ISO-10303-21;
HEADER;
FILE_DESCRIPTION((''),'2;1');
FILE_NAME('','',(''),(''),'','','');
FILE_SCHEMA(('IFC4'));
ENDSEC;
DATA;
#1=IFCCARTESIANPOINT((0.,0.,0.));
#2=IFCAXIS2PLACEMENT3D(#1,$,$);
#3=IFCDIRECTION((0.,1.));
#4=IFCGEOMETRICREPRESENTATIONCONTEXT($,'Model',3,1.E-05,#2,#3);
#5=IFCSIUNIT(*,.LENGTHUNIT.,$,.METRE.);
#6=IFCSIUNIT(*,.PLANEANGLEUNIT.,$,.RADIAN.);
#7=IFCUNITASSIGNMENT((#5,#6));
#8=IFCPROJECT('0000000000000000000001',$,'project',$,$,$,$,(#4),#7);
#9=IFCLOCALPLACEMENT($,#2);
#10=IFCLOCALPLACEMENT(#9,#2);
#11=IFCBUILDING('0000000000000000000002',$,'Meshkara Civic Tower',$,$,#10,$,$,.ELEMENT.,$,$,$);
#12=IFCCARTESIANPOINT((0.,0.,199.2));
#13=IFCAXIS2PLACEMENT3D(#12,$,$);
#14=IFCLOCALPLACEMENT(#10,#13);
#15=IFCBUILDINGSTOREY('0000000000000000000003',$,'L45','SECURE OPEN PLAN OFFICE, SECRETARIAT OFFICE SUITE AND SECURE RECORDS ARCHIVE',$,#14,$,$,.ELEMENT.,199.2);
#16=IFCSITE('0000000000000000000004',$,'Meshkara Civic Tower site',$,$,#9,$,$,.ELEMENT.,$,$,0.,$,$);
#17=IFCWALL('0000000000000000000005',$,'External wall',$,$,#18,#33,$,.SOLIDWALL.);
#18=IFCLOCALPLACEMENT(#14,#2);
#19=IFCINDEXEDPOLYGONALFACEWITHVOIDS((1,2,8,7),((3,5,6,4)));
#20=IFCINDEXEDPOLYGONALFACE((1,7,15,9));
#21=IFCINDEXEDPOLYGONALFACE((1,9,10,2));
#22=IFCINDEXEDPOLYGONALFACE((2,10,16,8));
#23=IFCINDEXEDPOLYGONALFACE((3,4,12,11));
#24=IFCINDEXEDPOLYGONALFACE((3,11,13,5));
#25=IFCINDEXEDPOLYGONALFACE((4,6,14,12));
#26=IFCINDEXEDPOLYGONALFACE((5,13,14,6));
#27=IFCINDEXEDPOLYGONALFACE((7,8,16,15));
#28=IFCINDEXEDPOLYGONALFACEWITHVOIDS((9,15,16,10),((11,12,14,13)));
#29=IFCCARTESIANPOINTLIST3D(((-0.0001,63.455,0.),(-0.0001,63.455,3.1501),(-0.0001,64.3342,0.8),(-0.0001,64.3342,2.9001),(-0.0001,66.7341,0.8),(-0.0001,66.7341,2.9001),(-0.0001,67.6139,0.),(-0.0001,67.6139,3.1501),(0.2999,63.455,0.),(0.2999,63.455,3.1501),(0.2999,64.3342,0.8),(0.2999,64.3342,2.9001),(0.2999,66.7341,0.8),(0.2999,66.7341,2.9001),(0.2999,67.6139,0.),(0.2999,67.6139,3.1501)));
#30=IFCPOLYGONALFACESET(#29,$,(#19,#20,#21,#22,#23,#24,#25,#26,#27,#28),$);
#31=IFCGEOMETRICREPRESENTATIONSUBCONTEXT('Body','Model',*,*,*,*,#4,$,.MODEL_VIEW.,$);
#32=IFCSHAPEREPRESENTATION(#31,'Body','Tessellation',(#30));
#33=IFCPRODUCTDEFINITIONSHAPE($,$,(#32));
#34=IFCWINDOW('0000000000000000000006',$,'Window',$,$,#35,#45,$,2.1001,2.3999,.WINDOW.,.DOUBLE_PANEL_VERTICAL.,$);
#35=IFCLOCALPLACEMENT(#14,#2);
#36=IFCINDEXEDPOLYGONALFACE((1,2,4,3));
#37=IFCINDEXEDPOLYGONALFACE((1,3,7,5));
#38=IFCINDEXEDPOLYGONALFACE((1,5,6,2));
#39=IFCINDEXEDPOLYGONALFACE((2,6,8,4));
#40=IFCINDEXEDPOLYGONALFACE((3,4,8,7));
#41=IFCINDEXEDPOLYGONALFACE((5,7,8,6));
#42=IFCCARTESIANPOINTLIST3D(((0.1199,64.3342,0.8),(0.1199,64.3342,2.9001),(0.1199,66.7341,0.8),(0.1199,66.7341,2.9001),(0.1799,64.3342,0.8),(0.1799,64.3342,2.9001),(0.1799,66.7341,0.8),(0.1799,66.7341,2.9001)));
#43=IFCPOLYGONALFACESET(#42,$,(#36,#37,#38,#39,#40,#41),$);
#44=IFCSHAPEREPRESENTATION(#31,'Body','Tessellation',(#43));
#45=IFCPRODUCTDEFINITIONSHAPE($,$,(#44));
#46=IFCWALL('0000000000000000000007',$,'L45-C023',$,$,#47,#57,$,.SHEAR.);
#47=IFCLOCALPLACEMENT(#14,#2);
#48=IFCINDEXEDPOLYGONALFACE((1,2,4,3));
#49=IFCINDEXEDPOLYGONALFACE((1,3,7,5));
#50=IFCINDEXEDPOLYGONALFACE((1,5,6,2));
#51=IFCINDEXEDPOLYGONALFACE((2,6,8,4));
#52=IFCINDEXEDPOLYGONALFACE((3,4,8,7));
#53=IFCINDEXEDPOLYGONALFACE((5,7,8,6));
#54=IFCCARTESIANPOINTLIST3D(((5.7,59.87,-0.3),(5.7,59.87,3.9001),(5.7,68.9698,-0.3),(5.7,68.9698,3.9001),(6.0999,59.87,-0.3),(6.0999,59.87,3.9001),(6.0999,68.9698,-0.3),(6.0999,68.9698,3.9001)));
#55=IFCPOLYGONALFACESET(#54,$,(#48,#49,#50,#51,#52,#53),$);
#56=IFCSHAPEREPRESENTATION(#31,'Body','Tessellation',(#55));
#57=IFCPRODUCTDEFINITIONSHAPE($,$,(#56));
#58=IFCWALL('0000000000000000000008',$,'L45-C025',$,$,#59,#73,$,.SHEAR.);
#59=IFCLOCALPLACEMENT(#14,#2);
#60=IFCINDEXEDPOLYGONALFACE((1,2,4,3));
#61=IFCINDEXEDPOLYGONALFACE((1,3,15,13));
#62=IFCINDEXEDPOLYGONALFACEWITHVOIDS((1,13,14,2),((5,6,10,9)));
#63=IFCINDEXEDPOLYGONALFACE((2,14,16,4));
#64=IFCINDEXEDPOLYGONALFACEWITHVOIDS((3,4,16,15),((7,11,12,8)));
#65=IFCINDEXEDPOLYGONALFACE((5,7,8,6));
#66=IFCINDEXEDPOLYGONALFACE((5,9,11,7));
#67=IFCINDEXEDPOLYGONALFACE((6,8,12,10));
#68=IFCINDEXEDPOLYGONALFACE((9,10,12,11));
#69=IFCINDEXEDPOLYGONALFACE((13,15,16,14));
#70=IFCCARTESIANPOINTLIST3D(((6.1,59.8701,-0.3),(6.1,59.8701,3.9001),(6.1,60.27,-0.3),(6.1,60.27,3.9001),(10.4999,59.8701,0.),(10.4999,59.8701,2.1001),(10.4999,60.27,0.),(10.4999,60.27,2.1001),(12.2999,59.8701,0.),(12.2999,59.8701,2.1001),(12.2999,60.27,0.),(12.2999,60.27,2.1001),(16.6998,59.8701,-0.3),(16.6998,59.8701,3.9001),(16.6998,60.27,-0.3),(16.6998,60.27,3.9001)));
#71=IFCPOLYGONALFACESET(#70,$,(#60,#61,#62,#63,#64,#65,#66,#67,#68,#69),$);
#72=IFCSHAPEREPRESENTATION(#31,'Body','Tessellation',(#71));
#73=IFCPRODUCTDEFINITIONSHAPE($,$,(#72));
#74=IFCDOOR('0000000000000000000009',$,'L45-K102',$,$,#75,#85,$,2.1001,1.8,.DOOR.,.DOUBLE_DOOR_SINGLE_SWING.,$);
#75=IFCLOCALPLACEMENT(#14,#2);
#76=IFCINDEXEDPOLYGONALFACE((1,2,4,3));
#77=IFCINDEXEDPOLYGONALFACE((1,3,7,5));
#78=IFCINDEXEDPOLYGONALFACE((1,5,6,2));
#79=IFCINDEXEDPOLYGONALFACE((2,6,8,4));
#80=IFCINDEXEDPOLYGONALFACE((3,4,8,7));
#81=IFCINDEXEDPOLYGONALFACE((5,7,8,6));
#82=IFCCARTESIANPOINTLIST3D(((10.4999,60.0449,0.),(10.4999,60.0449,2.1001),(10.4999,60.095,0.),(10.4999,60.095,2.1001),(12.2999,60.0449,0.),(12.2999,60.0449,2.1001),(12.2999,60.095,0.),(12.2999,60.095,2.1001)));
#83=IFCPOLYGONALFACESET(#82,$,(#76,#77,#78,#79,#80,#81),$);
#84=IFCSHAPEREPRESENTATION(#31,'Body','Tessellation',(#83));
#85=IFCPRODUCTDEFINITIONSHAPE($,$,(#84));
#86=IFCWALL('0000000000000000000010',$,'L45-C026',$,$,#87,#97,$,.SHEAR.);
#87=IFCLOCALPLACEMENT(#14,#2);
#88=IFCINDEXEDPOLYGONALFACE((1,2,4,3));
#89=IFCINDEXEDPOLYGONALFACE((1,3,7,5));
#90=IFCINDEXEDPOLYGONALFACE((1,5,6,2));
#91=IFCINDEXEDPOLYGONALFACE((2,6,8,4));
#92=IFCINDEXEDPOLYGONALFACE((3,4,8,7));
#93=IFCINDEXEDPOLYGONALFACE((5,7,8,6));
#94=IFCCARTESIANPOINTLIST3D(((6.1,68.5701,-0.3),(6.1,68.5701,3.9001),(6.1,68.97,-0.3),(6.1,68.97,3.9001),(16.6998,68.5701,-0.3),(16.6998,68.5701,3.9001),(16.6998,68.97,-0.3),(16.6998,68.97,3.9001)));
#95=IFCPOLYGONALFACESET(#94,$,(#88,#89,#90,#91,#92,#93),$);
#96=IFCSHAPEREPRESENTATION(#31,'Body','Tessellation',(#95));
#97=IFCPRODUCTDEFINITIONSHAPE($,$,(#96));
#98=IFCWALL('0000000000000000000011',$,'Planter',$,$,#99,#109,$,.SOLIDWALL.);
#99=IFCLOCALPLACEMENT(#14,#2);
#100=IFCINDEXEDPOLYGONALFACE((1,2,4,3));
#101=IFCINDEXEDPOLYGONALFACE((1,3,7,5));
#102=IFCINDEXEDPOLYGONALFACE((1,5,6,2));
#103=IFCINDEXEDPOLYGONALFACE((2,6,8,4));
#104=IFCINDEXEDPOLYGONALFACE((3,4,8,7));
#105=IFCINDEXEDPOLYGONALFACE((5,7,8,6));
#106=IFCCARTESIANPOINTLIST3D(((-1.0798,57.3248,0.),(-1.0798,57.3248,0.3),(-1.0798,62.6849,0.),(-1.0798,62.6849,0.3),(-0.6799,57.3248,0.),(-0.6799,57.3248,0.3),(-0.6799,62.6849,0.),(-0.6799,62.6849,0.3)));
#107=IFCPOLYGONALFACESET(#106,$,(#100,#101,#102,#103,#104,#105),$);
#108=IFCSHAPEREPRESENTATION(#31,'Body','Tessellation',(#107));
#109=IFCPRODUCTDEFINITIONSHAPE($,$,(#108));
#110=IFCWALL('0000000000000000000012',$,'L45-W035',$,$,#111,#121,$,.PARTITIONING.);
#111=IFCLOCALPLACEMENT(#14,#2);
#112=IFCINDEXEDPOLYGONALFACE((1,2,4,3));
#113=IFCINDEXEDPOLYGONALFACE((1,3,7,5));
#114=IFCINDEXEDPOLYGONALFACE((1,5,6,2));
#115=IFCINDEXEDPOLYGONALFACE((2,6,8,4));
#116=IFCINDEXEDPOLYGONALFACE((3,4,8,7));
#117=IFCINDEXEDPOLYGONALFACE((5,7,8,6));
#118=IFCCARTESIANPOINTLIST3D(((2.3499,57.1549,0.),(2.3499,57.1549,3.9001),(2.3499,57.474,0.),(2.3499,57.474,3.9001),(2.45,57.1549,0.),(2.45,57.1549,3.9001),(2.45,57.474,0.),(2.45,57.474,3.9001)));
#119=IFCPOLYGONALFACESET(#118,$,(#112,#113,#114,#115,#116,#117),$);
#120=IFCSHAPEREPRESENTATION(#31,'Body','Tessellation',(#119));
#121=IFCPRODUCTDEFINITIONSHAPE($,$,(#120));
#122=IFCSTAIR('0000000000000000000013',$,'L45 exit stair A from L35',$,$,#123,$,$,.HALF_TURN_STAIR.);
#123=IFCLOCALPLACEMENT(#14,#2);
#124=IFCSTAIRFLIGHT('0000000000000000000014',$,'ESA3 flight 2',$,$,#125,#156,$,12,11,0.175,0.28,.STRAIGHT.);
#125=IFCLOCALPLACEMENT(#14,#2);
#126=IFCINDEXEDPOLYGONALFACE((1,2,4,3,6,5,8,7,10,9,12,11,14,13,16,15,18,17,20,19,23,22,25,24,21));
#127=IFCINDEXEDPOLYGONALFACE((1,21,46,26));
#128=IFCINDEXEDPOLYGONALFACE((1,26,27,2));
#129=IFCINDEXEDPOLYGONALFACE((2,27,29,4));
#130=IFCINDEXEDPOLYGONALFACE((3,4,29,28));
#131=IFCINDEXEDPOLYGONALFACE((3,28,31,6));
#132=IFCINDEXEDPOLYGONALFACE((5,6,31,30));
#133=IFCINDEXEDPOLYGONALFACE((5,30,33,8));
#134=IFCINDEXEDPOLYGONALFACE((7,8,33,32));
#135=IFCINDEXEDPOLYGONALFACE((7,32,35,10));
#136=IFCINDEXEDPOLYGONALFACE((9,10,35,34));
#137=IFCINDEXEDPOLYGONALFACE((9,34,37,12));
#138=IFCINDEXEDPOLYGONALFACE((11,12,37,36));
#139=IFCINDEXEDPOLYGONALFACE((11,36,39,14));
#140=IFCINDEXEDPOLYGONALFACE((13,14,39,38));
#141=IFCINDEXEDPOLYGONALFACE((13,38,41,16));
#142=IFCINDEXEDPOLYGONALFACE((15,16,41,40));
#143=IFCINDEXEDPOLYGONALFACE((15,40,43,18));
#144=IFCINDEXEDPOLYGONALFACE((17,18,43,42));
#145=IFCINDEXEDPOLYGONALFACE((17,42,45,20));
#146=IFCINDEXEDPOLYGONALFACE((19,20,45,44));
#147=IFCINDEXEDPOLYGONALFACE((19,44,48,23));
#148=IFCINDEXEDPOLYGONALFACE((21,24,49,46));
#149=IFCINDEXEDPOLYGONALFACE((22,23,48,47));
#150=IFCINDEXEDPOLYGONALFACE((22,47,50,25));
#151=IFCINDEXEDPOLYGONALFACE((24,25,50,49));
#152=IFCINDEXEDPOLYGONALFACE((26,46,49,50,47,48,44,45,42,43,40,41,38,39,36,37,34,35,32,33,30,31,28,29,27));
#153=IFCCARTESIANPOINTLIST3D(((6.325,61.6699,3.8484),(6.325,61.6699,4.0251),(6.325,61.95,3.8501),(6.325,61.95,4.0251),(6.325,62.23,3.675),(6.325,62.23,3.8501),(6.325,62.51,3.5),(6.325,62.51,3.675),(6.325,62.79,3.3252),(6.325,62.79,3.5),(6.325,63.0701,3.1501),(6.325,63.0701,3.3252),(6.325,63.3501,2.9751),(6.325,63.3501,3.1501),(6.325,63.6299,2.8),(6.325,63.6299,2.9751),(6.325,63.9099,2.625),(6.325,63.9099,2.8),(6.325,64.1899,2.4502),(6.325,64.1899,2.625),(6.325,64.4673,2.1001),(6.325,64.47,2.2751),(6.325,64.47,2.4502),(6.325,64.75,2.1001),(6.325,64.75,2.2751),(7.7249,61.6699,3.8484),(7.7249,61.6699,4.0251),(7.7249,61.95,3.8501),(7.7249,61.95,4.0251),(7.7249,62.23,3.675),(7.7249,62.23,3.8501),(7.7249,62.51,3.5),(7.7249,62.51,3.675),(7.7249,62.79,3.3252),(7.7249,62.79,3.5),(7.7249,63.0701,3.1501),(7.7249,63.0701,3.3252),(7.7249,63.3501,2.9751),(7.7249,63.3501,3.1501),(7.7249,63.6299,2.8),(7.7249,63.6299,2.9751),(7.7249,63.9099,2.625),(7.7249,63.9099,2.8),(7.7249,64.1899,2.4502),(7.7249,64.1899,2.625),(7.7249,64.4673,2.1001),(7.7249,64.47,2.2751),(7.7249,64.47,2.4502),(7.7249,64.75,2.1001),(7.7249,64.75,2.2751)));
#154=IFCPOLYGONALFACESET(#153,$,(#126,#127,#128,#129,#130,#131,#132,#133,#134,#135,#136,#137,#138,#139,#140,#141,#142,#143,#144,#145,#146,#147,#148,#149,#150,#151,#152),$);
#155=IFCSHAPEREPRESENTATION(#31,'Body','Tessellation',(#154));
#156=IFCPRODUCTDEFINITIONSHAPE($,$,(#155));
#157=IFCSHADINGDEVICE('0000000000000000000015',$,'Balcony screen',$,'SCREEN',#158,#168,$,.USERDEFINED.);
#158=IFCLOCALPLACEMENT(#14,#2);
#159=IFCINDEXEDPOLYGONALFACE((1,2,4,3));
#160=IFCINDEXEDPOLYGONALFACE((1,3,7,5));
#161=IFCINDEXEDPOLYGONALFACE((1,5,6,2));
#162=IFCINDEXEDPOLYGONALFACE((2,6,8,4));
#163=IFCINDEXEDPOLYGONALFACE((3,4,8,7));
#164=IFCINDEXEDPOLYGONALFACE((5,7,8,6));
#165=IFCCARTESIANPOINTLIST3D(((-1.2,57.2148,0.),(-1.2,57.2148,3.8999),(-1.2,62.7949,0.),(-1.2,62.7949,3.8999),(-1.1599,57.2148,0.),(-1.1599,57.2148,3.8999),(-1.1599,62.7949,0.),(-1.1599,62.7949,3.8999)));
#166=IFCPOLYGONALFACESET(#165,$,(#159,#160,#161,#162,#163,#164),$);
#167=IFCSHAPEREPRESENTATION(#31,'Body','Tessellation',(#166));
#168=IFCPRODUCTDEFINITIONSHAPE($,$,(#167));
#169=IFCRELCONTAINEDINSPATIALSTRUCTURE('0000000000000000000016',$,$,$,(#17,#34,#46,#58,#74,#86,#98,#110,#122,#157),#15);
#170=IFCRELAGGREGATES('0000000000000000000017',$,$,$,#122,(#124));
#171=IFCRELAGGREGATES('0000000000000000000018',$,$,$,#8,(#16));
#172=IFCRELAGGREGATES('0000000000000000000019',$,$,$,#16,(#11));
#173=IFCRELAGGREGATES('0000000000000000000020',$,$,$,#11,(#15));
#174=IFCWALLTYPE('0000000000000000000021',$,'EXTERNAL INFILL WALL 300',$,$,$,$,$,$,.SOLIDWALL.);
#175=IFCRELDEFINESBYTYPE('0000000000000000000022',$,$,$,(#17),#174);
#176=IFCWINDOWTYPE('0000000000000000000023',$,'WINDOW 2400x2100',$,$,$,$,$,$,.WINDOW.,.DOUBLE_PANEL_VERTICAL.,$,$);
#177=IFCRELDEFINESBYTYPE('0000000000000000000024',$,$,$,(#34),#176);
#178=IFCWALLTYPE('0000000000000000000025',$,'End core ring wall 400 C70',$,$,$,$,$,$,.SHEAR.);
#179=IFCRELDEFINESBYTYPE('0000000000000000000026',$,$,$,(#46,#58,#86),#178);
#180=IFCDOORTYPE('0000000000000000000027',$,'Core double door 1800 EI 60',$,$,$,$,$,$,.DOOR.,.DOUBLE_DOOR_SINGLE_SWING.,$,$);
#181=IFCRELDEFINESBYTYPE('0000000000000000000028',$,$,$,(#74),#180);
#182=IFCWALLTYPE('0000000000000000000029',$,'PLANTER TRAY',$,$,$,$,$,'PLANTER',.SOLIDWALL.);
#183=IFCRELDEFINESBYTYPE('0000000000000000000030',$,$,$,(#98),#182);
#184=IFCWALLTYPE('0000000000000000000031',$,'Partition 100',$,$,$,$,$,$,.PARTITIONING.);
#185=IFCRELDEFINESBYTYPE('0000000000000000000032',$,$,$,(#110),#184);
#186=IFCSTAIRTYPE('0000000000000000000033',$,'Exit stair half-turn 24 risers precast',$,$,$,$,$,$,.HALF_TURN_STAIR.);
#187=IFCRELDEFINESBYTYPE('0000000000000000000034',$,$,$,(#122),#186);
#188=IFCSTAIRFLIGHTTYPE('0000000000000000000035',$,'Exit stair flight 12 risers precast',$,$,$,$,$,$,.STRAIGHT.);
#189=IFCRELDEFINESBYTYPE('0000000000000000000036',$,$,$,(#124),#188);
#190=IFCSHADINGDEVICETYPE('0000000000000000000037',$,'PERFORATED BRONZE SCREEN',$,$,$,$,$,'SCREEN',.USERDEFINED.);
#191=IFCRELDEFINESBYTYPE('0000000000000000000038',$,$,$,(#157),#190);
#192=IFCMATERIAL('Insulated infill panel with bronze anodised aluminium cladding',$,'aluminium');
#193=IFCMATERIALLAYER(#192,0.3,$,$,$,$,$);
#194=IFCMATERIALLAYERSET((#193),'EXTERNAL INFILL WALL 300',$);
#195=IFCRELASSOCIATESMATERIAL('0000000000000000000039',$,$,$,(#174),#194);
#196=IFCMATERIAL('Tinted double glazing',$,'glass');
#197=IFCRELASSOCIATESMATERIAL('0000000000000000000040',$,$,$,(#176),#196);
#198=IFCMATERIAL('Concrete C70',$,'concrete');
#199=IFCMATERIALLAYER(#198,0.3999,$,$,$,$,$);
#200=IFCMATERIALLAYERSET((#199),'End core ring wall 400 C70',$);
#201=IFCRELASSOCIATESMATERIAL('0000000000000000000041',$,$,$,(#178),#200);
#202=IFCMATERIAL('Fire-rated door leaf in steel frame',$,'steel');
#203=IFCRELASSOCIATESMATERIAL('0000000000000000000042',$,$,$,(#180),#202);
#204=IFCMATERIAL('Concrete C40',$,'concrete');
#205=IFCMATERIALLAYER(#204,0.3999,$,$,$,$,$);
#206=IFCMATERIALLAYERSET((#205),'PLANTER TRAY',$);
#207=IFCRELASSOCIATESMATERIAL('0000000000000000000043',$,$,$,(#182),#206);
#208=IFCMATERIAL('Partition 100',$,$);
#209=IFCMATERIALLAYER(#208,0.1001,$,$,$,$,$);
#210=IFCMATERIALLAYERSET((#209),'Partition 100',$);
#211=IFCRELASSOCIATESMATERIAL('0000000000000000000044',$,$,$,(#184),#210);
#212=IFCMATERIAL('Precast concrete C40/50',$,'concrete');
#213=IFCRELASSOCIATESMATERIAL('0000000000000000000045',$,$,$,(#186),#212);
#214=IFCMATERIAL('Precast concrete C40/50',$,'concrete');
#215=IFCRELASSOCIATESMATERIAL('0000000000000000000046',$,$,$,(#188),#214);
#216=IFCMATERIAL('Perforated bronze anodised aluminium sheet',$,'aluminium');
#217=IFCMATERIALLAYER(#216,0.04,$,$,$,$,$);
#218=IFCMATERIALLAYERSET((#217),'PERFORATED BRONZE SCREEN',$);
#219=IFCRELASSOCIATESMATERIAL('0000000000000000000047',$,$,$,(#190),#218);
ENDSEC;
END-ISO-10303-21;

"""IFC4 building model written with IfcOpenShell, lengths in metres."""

from ifc_helpers import new_model, si_unit, direction, frame, frame_2d, origin, origin_2d, place, context, subcontext, project, spatial, polyline, rectangle, outline, extrude, material, layer, layer_set, type_object, element, fill, aggregate, save


model = new_model("IFC4")

# Units and contexts
model_context = context("Model", 3, precision=1e-05, world=origin(), true_north=direction((0.0, 1.0)))
body_context = subcontext(model_context, "Body", "Model", "MODEL_VIEW")
ifc_project = project(units=[si_unit("LENGTHUNIT", "METRE"), si_unit("PLANEANGLEUNIT", "RADIAN")], contexts=[model_context])

# Site, building, storey
site_placement = place(None, origin())
site = spatial("IfcSite", under=ifc_project, at=site_placement, Name="Meshkara Civic Tower site", CompositionType="ELEMENT", RefElevation=0.0)
building_placement = place(site_placement, origin())
building = spatial("IfcBuilding", under=site, at=building_placement, Name="Meshkara Civic Tower", CompositionType="ELEMENT")
storey_placement = place(building_placement, frame((0.0, 0.0, 199.2)))
storey = spatial("IfcBuildingStorey", under=building, at=storey_placement, Name="L45", Description="SECURE OPEN PLAN OFFICE, SECRETARIAT OFFICE SUITE AND SECURE RECORDS ARCHIVE", CompositionType="ELEMENT", Elevation=199.2)

# Wall, opening, window
ifc_material_1 = material(Name="Insulated infill panel with bronze anodised aluminium cladding", Category="aluminium")
ifc_layer_1 = layer(ifc_material_1, 0.3)
ifc_layer_set_1 = layer_set([ifc_layer_1], Name="EXTERNAL INFILL WALL 300")
wall_type_1 = type_object("IfcWallType", Name="EXTERNAL INFILL WALL 300", PredefinedType="SOLIDWALL", material=ifc_layer_set_1)
wall_1_placement = place(storey_placement, frame((0.1499, 67.614, 0.0), z_axis=(0.0, 0.0, 1.0), x_axis=(0.0, -1.0, 0.0)))
wall_1 = element("IfcWall", 1, at=wall_1_placement, inside=storey, type_object=wall_type_1, Name="External wall", PredefinedType="SOLIDWALL", context=body_context, shape_type="SweptSolid", body=[
    extrude(rectangle(XDim=4.1589, YDim=0.3, at=frame_2d((2.0796, 0.0))), origin(), (0.0, 0.0, 1.0), 3.1501),
])
opening_1_placement = place(wall_1_placement, frame((0.8799, 0.0, 0.8)))
opening_1 = element("IfcOpeningElement", 2, at=opening_1_placement, cuts=wall_1, PredefinedType="OPENING", context=body_context, shape_type="SweptSolid", body=[
    extrude(rectangle(XDim=2.3999, YDim=2.1001, at=frame_2d((1.2, 1.05))), frame((0.0, 0.1599, 0.0), z_axis=(0.0, -1.0, 0.0), x_axis=(1.0, 0.0, 0.0)), (0.0, 0.0, 1.0), 0.3201),
])
ifc_material_2 = material(Name="Tinted double glazing", Category="glass")
window_type_1 = type_object("IfcWindowType", Name="WINDOW 2400x2100", PartitioningType="DOUBLE_PANEL_VERTICAL", PredefinedType="WINDOW", material=ifc_material_2)
window_1_placement = place(opening_1_placement, origin())
window_1 = element("IfcWindow", 3, at=window_1_placement, inside=storey, type_object=window_type_1, Name="Window", OverallHeight=2.1001, OverallWidth=2.3999, PartitioningType="DOUBLE_PANEL_VERTICAL", PredefinedType="WINDOW", context=body_context, shape_type="SweptSolid", body=[
    extrude(rectangle(XDim=2.3999, YDim=2.1001, at=frame_2d((1.2, 1.05))), frame((0.0, 0.03, 0.0), z_axis=(0.0, -1.0, 0.0), x_axis=(1.0, 0.0, 0.0)), (0.0, 0.0, 1.0), 0.0601),
])
fill(opening_1, window_1)

# Wall
ifc_material_3 = material(Name="Concrete C70", Category="concrete")
ifc_layer_2 = layer(ifc_material_3, 0.3999)
ifc_layer_set_2 = layer_set([ifc_layer_2], Name="End core ring wall 400 C70")
wall_type_2 = type_object("IfcWallType", Name="End core ring wall 400 C70", PredefinedType="SHEAR", material=ifc_layer_set_2)
wall_2_placement = place(storey_placement, frame((5.8999, 59.8701, -0.3), z_axis=(0.0, 0.0, 1.0), x_axis=(0.0, 1.0, 0.0)))
element("IfcWall", 4, at=wall_2_placement, inside=storey, type_object=wall_type_2, Name="L45-C023", PredefinedType="SHEAR", context=body_context, shape_type="SweptSolid", body=[
    extrude(rectangle(XDim=9.0999, YDim=0.3999, at=frame_2d((4.5498, 0.0))), origin(), (0.0, 0.0, 1.0), 4.2002),
])

# Wall, opening, door
wall_3_placement = place(storey_placement, frame((6.1001, 60.0701, -0.3), z_axis=(0.0, 0.0, 1.0), x_axis=(1.0, 0.0, 0.0)))
wall_3 = element("IfcWall", 5, at=wall_3_placement, inside=storey, type_object=wall_type_2, Name="L45-C025", PredefinedType="SHEAR", context=body_context, shape_type="SweptSolid", body=[
    extrude(rectangle(XDim=10.5999, YDim=0.3999, at=frame_2d((5.2998, 0.0))), origin(), (0.0, 0.0, 1.0), 4.2002),
])
opening_2_placement = place(wall_3_placement, frame((4.3999, 0.0, 0.3)))
opening_2 = element("IfcOpeningElement", 6, at=opening_2_placement, cuts=wall_3, PredefinedType="OPENING", context=body_context, shape_type="SweptSolid", body=[
    extrude(rectangle(XDim=1.8, YDim=2.1001, at=frame_2d((0.8999, 1.05))), frame((0.0, 0.21, 0.0), z_axis=(0.0, -1.0, 0.0), x_axis=(1.0, 0.0, 0.0)), (0.0, 0.0, 1.0), 0.4199),
])
ifc_material_4 = material(Name="Fire-rated door leaf in steel frame", Category="steel")
door_type_1 = type_object("IfcDoorType", Name="Core double door 1800 EI 60", OperationType="DOUBLE_DOOR_SINGLE_SWING", PredefinedType="DOOR", material=ifc_material_4)
door_1_placement = place(opening_2_placement, origin())
door_1 = element("IfcDoor", 7, at=door_1_placement, inside=storey, type_object=door_type_1, Name="L45-K102", OperationType="DOUBLE_DOOR_SINGLE_SWING", OverallHeight=2.1001, OverallWidth=1.8, PredefinedType="DOOR", context=body_context, shape_type="SweptSolid", body=[
    extrude(rectangle(XDim=1.8, YDim=2.1001, at=frame_2d((0.8999, 1.05))), frame((0.0, 0.0249, 0.0), z_axis=(0.0, -1.0, 0.0), x_axis=(1.0, 0.0, 0.0)), (0.0, 0.0, 1.0), 0.05),
])
fill(opening_2, door_1)

# Wall
wall_4_placement = place(storey_placement, frame((6.1001, 68.77, -0.3), z_axis=(0.0, 0.0, 1.0), x_axis=(1.0, 0.0, 0.0)))
element("IfcWall", 8, at=wall_4_placement, inside=storey, type_object=wall_type_2, Name="L45-C026", PredefinedType="SHEAR", context=body_context, shape_type="SweptSolid", body=[
    extrude(rectangle(XDim=10.5999, YDim=0.3999, at=frame_2d((5.2998, 0.0))), origin(), (0.0, 0.0, 1.0), 4.2002),
])

# Walls
ifc_material_5 = material(Name="Concrete C40", Category="concrete")
ifc_layer_3 = layer(ifc_material_5, 0.3999)
ifc_layer_set_3 = layer_set([ifc_layer_3], Name="PLANTER TRAY")
wall_type_3 = type_object("IfcWallType", Name="PLANTER TRAY", ElementType="PLANTER", PredefinedType="SOLIDWALL", material=ifc_layer_set_3)
wall_5_placement = place(storey_placement, frame((-0.8799, 62.6851, 0.0), z_axis=(0.0, 0.0, 1.0), x_axis=(0.0, -1.0, 0.0)))
element("IfcWall", 9, at=wall_5_placement, inside=storey, type_object=wall_type_3, Name="Planter", PredefinedType="SOLIDWALL", context=body_context, shape_type="SweptSolid", body=[
    extrude(rectangle(XDim=5.3601, YDim=0.3999, at=frame_2d((2.6802, 0.0))), origin(), (0.0, 0.0, 1.0), 0.3),
])
ifc_material_6 = material(Name="Partition 100")
ifc_layer_4 = layer(ifc_material_6, 0.1001)
ifc_layer_set_4 = layer_set([ifc_layer_4], Name="Partition 100")
wall_type_4 = type_object("IfcWallType", Name="Partition 100", PredefinedType="PARTITIONING", material=ifc_layer_set_4)
wall_6_placement = place(storey_placement, frame((2.3999, 57.4741, 0.0), z_axis=(0.0, 0.0, 1.0), x_axis=(0.0, -1.0, 0.0)))
element("IfcWall", 10, at=wall_6_placement, inside=storey, type_object=wall_type_4, Name="L45-W035", PredefinedType="PARTITIONING", context=body_context, shape_type="SweptSolid", body=[
    extrude(rectangle(XDim=0.3191, YDim=0.1001, at=frame_2d((0.1597, 0.0))), origin(), (0.0, 0.0, 1.0), 3.9001),
])

# Stair, stair flight
ifc_material_7 = material(Name="Precast concrete C40/50", Category="concrete")
stair_type = type_object("IfcStairType", Name="Exit stair half-turn 24 risers precast", PredefinedType="HALF_TURN_STAIR", material=ifc_material_7)
stair_placement = place(storey_placement, origin())
stair = element("IfcStair", 11, at=stair_placement, inside=storey, type_object=stair_type, Name="L45 exit stair A from L35", PredefinedType="HALF_TURN_STAIR")
ifc_material_8 = material(Name="Precast concrete C40/50", Category="concrete")
stair_flight_type = type_object("IfcStairFlightType", Name="Exit stair flight 12 risers precast", PredefinedType="STRAIGHT", material=ifc_material_8)
stair_flight_placement = place(storey_placement, frame((7.0249, 64.75, 2.1001), z_axis=(0.0, 0.0, 1.0), x_axis=(0.0, -1.0, 0.0)))
stair_flight = element("IfcStairFlight", 12, at=stair_flight_placement, type_object=stair_flight_type, Name="ESA3 flight 2", NumberOfRisers=12, NumberOfTreads=11, PredefinedType="STRAIGHT", RiserHeight=0.175, TreadLength=0.28, context=body_context, shape_type="SweptSolid", body=[
    extrude(outline(polyline([(0.0, 0.0), (0.0, 0.175), (0.28, 0.175), (0.28, 0.3501), (0.5601, 0.3501), (0.5601, 0.5249), (0.8401, 0.5249), (0.8401, 0.7), (1.1201, 0.7), (1.1201, 0.875), (1.3999, 0.875), (1.3999, 1.05), (1.6799, 1.05), (1.6799, 1.2251), (1.96, 1.2251), (1.96, 1.3999), (2.24, 1.3999), (2.24, 1.575), (2.52, 1.575), (2.52, 1.75), (2.8, 1.75), (2.8, 1.925), (3.0801, 1.925), (3.0801, 2.1001), (3.0801, 1.7483), (0.2827, 0.0), (0.0, 0.0)])), frame((0.0, 0.7, 0.0), z_axis=(0.0, -1.0, 0.0), x_axis=(1.0, 0.0, 0.0)), (0.0, 0.0, 1.0), 1.3999),
])
aggregate(stair, [stair_flight])

# Shading device
ifc_material_9 = material(Name="Perforated bronze anodised aluminium sheet", Category="aluminium")
ifc_layer_5 = layer(ifc_material_9, 0.04)
ifc_layer_set_5 = layer_set([ifc_layer_5], Name="PERFORATED BRONZE SCREEN")
shading_device_type = type_object("IfcShadingDeviceType", Name="PERFORATED BRONZE SCREEN", ElementType="SCREEN", PredefinedType="USERDEFINED", material=ifc_layer_set_5)
shading_device_placement = place(storey_placement, frame((-1.1799, 60.0049, 0.0), z_axis=(0.0, 0.0, 1.0), x_axis=(0.0, -1.0, 0.0)))
element("IfcShadingDevice", 13, at=shading_device_placement, inside=storey, type_object=shading_device_type, Name="Balcony screen", ObjectType="SCREEN", PredefinedType="USERDEFINED", context=body_context, shape_type="SweptSolid", body=[
    extrude(rectangle(XDim=5.5801, YDim=0.04, at=origin_2d()), origin(), (0.0, 0.0, 1.0), 3.8999),
])

save(model, "model.ifc")
